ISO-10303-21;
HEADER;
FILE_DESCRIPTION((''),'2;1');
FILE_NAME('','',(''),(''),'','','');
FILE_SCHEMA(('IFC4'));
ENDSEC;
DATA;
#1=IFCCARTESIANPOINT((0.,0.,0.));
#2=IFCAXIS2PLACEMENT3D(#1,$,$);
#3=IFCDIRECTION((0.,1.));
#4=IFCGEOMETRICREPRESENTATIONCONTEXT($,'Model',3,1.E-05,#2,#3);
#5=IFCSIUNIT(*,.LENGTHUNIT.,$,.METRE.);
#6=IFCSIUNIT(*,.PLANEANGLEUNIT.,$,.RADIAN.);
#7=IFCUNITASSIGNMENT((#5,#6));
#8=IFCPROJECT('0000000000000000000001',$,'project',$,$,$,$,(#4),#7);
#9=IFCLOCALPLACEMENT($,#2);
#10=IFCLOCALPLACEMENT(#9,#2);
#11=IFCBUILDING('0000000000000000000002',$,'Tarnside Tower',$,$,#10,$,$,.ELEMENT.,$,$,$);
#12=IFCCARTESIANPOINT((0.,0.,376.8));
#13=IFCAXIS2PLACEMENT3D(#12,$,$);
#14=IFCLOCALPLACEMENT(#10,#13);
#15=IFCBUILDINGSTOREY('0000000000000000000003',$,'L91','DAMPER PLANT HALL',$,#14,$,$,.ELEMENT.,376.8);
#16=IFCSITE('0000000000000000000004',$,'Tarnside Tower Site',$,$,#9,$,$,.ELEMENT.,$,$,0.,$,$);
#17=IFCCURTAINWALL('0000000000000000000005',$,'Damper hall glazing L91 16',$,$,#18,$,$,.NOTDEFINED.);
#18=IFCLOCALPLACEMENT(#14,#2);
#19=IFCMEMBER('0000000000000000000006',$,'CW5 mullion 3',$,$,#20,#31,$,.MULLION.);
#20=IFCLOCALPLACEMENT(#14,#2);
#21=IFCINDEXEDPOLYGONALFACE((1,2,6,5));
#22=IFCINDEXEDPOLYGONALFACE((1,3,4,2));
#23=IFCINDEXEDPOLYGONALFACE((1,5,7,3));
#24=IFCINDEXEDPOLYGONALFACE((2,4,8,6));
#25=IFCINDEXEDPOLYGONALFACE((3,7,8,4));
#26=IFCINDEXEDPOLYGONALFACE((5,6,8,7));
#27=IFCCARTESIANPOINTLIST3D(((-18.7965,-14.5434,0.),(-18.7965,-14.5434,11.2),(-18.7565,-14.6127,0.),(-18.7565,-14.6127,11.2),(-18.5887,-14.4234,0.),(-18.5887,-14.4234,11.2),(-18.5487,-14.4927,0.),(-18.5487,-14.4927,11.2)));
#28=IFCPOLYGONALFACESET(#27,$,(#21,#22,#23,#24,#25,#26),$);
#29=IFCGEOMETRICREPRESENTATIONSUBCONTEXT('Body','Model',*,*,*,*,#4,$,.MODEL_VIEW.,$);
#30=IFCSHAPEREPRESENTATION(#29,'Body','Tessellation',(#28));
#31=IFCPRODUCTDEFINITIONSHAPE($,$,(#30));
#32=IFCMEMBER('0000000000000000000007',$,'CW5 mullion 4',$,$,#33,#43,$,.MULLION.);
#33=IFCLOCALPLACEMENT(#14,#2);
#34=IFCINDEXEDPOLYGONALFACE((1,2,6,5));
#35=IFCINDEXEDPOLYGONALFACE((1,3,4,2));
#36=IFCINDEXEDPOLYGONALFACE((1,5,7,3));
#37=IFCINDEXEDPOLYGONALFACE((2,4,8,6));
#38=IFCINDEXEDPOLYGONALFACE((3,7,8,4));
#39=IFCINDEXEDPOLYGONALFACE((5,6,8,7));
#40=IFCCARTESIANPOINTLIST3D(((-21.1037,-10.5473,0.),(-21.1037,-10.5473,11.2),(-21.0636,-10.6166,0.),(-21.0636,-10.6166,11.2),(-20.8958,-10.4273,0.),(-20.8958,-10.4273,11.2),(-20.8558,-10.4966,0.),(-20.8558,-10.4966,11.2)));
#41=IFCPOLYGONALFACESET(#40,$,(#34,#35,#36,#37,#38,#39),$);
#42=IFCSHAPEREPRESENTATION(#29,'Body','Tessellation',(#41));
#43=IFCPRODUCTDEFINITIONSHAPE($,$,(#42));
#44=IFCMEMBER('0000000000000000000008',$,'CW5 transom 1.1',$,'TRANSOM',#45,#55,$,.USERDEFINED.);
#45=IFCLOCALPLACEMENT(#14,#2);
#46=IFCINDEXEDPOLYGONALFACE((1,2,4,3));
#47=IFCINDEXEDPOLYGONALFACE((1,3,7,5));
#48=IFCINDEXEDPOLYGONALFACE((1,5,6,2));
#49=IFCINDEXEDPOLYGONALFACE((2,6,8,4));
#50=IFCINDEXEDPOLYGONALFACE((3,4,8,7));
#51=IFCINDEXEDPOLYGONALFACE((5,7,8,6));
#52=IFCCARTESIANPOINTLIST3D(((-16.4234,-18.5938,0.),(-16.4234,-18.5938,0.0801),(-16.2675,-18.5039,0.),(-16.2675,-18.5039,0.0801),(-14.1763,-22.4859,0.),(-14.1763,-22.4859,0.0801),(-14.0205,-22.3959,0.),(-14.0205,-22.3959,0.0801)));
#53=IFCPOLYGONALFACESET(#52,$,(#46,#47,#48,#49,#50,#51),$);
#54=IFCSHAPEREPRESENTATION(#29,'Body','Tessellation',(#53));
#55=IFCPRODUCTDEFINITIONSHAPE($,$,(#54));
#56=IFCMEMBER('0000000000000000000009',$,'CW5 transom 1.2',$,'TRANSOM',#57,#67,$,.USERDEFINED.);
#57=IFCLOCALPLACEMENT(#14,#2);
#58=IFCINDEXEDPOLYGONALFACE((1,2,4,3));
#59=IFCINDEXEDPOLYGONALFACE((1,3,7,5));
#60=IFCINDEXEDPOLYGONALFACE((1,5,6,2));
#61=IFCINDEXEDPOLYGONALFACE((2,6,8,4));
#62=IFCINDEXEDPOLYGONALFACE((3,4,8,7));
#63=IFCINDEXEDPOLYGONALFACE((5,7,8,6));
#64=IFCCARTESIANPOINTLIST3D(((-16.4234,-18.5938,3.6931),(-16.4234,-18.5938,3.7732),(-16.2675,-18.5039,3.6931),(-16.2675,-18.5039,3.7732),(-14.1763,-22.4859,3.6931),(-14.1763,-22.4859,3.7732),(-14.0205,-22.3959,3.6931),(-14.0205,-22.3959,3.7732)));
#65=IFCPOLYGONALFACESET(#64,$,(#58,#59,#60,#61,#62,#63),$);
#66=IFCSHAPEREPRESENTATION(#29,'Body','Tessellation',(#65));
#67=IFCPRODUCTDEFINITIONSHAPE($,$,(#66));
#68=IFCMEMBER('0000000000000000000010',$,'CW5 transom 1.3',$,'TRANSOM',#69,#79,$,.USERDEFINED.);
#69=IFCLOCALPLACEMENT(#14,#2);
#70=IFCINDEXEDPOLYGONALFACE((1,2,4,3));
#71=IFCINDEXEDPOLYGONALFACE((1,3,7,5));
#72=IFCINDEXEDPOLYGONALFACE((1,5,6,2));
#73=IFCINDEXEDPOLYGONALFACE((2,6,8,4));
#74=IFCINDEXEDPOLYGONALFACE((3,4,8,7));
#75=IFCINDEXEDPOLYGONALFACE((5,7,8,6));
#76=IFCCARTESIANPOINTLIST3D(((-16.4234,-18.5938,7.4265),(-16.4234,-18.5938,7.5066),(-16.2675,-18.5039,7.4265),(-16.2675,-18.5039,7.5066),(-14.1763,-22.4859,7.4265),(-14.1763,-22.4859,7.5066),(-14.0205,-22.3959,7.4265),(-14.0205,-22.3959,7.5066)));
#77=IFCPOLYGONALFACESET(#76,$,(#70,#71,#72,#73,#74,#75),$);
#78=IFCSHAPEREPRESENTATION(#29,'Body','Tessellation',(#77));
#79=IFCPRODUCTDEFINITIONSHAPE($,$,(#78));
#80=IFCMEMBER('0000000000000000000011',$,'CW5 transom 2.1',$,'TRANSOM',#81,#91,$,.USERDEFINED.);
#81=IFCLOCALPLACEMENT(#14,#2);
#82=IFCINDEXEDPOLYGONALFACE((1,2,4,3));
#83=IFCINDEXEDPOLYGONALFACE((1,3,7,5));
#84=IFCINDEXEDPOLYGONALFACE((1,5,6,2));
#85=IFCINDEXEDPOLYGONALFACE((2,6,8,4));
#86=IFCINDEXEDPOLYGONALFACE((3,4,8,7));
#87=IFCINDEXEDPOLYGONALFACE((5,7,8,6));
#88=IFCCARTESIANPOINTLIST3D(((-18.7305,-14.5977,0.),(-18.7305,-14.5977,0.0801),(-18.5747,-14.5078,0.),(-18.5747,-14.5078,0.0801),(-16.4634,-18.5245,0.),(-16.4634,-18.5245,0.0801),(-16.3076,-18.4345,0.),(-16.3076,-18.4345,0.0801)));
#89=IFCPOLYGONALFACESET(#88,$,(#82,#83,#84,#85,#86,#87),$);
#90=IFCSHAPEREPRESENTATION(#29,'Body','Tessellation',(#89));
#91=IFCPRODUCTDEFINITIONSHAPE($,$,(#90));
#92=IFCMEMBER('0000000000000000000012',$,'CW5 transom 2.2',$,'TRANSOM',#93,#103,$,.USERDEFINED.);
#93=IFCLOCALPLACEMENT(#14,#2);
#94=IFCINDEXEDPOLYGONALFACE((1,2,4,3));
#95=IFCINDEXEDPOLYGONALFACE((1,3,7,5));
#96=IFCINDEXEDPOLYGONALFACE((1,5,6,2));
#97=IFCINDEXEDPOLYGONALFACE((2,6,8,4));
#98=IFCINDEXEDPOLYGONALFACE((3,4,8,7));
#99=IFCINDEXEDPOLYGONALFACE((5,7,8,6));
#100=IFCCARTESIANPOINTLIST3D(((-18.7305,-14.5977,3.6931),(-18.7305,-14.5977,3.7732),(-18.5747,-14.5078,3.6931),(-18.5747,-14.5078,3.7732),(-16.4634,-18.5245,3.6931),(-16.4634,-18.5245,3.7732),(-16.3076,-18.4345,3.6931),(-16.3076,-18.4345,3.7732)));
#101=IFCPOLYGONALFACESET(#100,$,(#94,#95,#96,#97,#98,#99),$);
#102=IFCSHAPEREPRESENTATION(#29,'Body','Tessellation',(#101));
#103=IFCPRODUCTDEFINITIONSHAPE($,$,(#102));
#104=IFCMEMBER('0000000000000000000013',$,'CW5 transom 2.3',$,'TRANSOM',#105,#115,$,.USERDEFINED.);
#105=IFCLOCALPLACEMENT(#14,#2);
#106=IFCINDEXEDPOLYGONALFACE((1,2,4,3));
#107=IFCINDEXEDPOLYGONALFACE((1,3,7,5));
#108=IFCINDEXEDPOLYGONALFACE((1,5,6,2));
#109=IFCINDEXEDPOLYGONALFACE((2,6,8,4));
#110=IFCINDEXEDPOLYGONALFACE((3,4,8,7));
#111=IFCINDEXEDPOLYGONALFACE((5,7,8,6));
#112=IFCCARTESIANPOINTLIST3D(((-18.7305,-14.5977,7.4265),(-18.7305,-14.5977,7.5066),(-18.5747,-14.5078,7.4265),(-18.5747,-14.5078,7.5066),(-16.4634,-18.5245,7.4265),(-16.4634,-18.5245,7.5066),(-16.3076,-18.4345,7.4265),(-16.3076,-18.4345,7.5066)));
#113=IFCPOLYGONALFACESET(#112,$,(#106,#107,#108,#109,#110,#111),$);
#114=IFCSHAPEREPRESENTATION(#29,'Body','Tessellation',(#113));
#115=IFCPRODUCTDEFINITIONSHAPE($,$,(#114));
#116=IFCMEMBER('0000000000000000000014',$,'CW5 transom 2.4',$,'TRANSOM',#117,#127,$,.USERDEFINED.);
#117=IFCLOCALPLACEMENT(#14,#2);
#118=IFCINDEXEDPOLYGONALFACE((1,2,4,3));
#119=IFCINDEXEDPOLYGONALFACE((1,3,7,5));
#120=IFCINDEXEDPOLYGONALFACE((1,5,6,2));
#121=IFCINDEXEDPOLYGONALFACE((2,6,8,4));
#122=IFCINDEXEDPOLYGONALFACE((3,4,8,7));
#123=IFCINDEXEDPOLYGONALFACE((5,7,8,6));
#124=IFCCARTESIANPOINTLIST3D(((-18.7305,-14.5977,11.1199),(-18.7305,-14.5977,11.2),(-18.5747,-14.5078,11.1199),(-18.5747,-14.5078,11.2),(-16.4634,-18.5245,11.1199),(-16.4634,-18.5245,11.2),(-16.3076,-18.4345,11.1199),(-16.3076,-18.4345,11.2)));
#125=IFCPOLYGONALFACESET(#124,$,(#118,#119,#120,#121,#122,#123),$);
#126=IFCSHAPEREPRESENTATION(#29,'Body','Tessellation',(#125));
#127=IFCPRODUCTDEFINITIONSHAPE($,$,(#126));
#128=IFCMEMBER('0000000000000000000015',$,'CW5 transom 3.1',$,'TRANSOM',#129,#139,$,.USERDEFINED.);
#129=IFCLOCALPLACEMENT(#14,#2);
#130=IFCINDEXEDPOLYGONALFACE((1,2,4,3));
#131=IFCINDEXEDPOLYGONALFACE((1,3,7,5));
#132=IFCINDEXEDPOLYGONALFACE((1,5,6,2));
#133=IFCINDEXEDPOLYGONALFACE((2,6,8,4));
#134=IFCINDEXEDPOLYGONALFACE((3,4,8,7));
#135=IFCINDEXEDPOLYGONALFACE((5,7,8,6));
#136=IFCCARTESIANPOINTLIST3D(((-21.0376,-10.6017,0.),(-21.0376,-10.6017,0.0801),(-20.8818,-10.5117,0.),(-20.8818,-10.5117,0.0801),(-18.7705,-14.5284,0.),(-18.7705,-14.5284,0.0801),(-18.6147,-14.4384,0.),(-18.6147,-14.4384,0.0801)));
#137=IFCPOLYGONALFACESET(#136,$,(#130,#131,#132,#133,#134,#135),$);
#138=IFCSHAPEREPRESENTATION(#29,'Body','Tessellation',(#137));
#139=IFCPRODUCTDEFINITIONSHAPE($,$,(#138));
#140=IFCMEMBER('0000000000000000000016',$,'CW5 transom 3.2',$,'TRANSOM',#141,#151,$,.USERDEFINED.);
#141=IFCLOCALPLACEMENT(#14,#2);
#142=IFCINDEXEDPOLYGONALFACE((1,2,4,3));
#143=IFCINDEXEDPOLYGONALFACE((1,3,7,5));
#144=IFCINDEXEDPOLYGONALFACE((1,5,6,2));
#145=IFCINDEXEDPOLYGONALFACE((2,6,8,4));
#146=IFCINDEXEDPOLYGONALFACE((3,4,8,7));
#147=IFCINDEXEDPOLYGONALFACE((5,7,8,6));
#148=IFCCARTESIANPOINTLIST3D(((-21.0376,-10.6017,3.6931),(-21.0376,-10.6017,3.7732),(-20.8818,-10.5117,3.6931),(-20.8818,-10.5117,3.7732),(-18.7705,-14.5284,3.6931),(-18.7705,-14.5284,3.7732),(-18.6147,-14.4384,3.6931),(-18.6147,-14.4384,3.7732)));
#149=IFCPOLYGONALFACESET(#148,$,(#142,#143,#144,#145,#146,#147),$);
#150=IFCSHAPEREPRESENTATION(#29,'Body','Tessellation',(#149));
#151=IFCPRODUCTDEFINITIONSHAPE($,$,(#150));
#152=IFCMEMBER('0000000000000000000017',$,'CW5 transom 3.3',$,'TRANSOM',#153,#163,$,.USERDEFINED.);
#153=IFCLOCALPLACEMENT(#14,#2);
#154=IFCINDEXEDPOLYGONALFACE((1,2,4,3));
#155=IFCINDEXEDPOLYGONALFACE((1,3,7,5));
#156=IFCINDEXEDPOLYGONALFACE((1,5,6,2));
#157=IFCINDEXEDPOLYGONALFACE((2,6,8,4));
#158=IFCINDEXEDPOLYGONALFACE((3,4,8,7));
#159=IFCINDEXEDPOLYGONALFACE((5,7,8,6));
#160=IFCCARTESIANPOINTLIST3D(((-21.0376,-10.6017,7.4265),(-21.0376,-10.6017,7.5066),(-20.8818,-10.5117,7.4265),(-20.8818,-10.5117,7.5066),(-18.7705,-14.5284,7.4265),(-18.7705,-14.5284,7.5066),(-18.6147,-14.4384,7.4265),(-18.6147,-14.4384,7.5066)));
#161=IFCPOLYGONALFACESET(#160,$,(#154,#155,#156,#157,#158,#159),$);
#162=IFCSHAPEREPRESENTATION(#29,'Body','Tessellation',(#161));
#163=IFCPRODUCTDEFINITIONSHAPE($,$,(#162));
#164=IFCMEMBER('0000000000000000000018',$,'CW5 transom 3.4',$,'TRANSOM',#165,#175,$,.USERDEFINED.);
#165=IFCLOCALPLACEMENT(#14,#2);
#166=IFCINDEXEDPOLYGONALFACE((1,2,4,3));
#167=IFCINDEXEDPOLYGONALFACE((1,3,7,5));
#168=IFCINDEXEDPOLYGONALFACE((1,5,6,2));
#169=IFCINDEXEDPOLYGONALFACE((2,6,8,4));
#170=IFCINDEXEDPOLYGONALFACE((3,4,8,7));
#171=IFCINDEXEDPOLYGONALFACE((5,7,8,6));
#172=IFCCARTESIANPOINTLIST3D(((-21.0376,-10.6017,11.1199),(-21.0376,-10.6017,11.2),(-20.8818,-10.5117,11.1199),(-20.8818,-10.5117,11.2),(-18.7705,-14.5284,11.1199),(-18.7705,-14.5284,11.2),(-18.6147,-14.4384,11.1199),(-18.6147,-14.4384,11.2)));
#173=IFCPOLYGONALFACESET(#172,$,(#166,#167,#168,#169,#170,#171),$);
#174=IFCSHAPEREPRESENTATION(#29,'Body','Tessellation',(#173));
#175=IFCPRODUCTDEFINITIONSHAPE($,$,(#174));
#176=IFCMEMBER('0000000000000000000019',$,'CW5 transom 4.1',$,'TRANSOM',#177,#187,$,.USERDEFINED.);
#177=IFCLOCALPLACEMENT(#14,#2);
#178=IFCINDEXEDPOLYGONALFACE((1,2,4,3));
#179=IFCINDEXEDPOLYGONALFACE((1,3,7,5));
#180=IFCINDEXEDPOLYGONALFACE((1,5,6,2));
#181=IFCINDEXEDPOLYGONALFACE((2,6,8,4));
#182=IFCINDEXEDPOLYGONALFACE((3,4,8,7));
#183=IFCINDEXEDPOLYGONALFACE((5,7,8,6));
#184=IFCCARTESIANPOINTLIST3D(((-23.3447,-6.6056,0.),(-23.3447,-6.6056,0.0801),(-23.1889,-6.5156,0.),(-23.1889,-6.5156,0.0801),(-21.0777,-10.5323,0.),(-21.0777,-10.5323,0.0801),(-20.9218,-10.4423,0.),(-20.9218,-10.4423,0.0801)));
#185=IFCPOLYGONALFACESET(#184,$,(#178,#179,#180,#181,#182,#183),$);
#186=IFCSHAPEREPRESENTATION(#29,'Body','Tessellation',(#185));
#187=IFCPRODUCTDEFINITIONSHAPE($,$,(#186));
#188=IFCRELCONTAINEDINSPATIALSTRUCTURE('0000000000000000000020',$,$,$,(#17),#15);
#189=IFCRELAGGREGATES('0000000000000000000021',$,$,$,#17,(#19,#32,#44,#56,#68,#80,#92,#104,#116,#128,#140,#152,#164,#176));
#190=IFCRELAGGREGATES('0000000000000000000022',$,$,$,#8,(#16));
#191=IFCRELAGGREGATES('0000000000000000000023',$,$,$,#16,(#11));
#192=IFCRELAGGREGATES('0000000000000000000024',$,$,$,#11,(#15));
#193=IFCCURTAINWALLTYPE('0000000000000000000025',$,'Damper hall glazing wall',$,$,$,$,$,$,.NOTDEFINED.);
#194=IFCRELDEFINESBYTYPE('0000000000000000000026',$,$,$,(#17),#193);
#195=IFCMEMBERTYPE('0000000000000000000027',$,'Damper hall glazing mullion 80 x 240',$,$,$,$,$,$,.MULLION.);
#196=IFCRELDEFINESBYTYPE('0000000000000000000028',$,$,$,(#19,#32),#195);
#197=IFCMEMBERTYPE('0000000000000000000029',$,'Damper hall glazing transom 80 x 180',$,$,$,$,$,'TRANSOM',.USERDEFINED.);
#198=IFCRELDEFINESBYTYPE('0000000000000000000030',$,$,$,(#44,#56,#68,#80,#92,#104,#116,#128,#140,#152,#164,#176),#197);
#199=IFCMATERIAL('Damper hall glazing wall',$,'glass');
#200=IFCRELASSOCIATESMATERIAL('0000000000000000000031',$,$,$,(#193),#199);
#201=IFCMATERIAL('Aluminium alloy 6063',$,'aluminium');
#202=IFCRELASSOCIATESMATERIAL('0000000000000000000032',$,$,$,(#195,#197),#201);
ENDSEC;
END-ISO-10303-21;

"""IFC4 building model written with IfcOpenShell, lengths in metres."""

from ifc_helpers import new_model, si_unit, direction, frame, origin, origin_2d, place, context, subcontext, project, spatial, rectangle, extrude, material, material_profile, profile_set, type_object, element, aggregate, save


model = new_model("IFC4")

# Units and contexts
model_context = context("Model", 3, precision=1e-05, world=origin(), true_north=direction((0.0, 1.0)))
body_context = subcontext(model_context, "Body", "Model", "MODEL_VIEW")
ifc_project = project(units=[si_unit("LENGTHUNIT", "METRE"), si_unit("PLANEANGLEUNIT", "RADIAN")], contexts=[model_context])

# Site, building, storey
site_placement = place(None, origin())
site = spatial("IfcSite", under=ifc_project, at=site_placement, Name="Tarnside Tower Site", CompositionType="ELEMENT", RefElevation=0.0)
building_placement = place(site_placement, origin())
building = spatial("IfcBuilding", under=site, at=building_placement, Name="Tarnside Tower", CompositionType="ELEMENT")
storey_placement = place(building_placement, frame((0.0, 0.0, 376.8)))
storey = spatial("IfcBuildingStorey", under=building, at=storey_placement, Name="L91", Description="DAMPER PLANT HALL", CompositionType="ELEMENT", Elevation=376.8)

# Curtain wall, members
ifc_material_1 = material(Name="Damper hall glazing wall", Category="glass")
curtain_wall_type = type_object("IfcCurtainWallType", Name="Damper hall glazing wall", PredefinedType="NOTDEFINED", material=ifc_material_1)
curtain_wall_placement = place(storey_placement, origin())
curtain_wall = element("IfcCurtainWall", 1, at=curtain_wall_placement, inside=storey, type_object=curtain_wall_type, Name="Damper hall glazing L91 16", PredefinedType="NOTDEFINED")
ifc_material_2 = material(Name="Aluminium alloy 6063", Category="aluminium")
ifc_material_profile_1 = material_profile(ifc_material_2, rectangle(XDim=0.24, YDim=0.0801, at=origin_2d()), Name="Damper hall glazing mullion 80 x 240")
ifc_profile_set_1 = profile_set([ifc_material_profile_1], Name="Aluminium alloy 6063")
member_type_1 = type_object("IfcMemberType", Name="Damper hall glazing mullion 80 x 240", PredefinedType="MULLION", material=ifc_profile_set_1)
member_1_placement = place(storey_placement, frame((-18.6726, -14.5181, 0.0), z_axis=(0.0, 0.0, 1.0), x_axis=(-0.866025, -0.5, 0.0)))
member_1 = element("IfcMember", 2, at=member_1_placement, type_object=member_type_1, Name="CW5 mullion 3", PredefinedType="MULLION", context=body_context, shape_type="SweptSolid", body=[
    extrude(rectangle(XDim=0.24, YDim=0.0801, at=origin_2d()), origin(), (0.0, 0.0, 1.0), 11.2),
])
member_2_placement = place(storey_placement, frame((-20.9797, -10.522, 0.0), z_axis=(0.0, 0.0, 1.0), x_axis=(-0.866025, -0.5, 0.0)))
member_2 = element("IfcMember", 3, at=member_2_placement, type_object=member_type_1, Name="CW5 mullion 4", PredefinedType="MULLION", context=body_context, shape_type="SweptSolid", body=[
    extrude(rectangle(XDim=0.24, YDim=0.0801, at=origin_2d()), origin(), (0.0, 0.0, 1.0), 11.2),
])
ifc_material_profile_2 = material_profile(ifc_material_2, rectangle(XDim=0.1799, YDim=0.0801, at=origin_2d()), Name="Damper hall glazing transom 80 x 180")
ifc_profile_set_2 = profile_set([ifc_material_profile_2], Name="Aluminium alloy 6063")
member_type_2 = type_object("IfcMemberType", Name="Damper hall glazing transom 80 x 180", ElementType="TRANSOM", PredefinedType="USERDEFINED", material=ifc_profile_set_2)
member_3_placement = place(storey_placement, frame((-14.0984, -22.4409, 0.04), z_axis=(-0.499995, 0.866028, 0.0), x_axis=(-0.866028, -0.499995, 0.0)))
member_3 = element("IfcMember", 4, at=member_3_placement, type_object=member_type_2, Name="CW5 transom 1.1", ObjectType="TRANSOM", PredefinedType="USERDEFINED", context=body_context, shape_type="SweptSolid", body=[
    extrude(rectangle(XDim=0.1799, YDim=0.0801, at=origin_2d()), origin(), (0.0, 0.0, 1.0), 4.4941),
])
member_4_placement = place(storey_placement, frame((-14.0984, -22.4409, 3.7332), z_axis=(-0.499995, 0.866028, 0.0), x_axis=(-0.866028, -0.499995, 0.0)))
member_4 = element("IfcMember", 5, at=member_4_placement, type_object=member_type_2, Name="CW5 transom 1.2", ObjectType="TRANSOM", PredefinedType="USERDEFINED", context=body_context, shape_type="SweptSolid", body=[
    extrude(rectangle(XDim=0.1799, YDim=0.0801, at=origin_2d()), origin(), (0.0, 0.0, 1.0), 4.4941),
])
member_5_placement = place(storey_placement, frame((-14.0984, -22.4409, 7.4666), z_axis=(-0.499995, 0.866028, 0.0), x_axis=(-0.866028, -0.499995, 0.0)))
member_5 = element("IfcMember", 6, at=member_5_placement, type_object=member_type_2, Name="CW5 transom 1.3", ObjectType="TRANSOM", PredefinedType="USERDEFINED", context=body_context, shape_type="SweptSolid", body=[
    extrude(rectangle(XDim=0.1799, YDim=0.0801, at=origin_2d()), origin(), (0.0, 0.0, 1.0), 4.4941),
])
member_6_placement = place(storey_placement, frame((-16.3855, -18.4795, 0.04), z_axis=(-0.499996, 0.866028, 0.0), x_axis=(-0.866028, -0.499996, 0.0)))
member_6 = element("IfcMember", 7, at=member_6_placement, type_object=member_type_2, Name="CW5 transom 2.1", ObjectType="TRANSOM", PredefinedType="USERDEFINED", context=body_context, shape_type="SweptSolid", body=[
    extrude(rectangle(XDim=0.1799, YDim=0.0801, at=origin_2d()), origin(), (0.0, 0.0, 1.0), 4.5342),
])
member_7_placement = place(storey_placement, frame((-16.3855, -18.4795, 3.7332), z_axis=(-0.499996, 0.866028, 0.0), x_axis=(-0.866028, -0.499996, 0.0)))
member_7 = element("IfcMember", 8, at=member_7_placement, type_object=member_type_2, Name="CW5 transom 2.2", ObjectType="TRANSOM", PredefinedType="USERDEFINED", context=body_context, shape_type="SweptSolid", body=[
    extrude(rectangle(XDim=0.1799, YDim=0.0801, at=origin_2d()), origin(), (0.0, 0.0, 1.0), 4.5342),
])
member_8_placement = place(storey_placement, frame((-16.3855, -18.4795, 7.4666), z_axis=(-0.499996, 0.866028, 0.0), x_axis=(-0.866028, -0.499996, 0.0)))
member_8 = element("IfcMember", 9, at=member_8_placement, type_object=member_type_2, Name="CW5 transom 2.3", ObjectType="TRANSOM", PredefinedType="USERDEFINED", context=body_context, shape_type="SweptSolid", body=[
    extrude(rectangle(XDim=0.1799, YDim=0.0801, at=origin_2d()), origin(), (0.0, 0.0, 1.0), 4.5342),
])
member_9_placement = place(storey_placement, frame((-16.3855, -18.4795, 11.1599), z_axis=(-0.499996, 0.866028, 0.0), x_axis=(-0.866028, -0.499996, 0.0)))
member_9 = element("IfcMember", 10, at=member_9_placement, type_object=member_type_2, Name="CW5 transom 2.4", ObjectType="TRANSOM", PredefinedType="USERDEFINED", context=body_context, shape_type="SweptSolid", body=[
    extrude(rectangle(XDim=0.1799, YDim=0.0801, at=origin_2d()), origin(), (0.0, 0.0, 1.0), 4.5342),
])
member_10_placement = place(storey_placement, frame((-18.6926, -14.4834, 0.04), z_axis=(-0.499996, 0.866028, 0.0), x_axis=(-0.866028, -0.499996, 0.0)))
member_10 = element("IfcMember", 11, at=member_10_placement, type_object=member_type_2, Name="CW5 transom 3.1", ObjectType="TRANSOM", PredefinedType="USERDEFINED", context=body_context, shape_type="SweptSolid", body=[
    extrude(rectangle(XDim=0.1799, YDim=0.0801, at=origin_2d()), origin(), (0.0, 0.0, 1.0), 4.5342),
])
member_11_placement = place(storey_placement, frame((-18.6926, -14.4834, 3.7332), z_axis=(-0.499996, 0.866028, 0.0), x_axis=(-0.866028, -0.499996, 0.0)))
member_11 = element("IfcMember", 12, at=member_11_placement, type_object=member_type_2, Name="CW5 transom 3.2", ObjectType="TRANSOM", PredefinedType="USERDEFINED", context=body_context, shape_type="SweptSolid", body=[
    extrude(rectangle(XDim=0.1799, YDim=0.0801, at=origin_2d()), origin(), (0.0, 0.0, 1.0), 4.5342),
])
member_12_placement = place(storey_placement, frame((-18.6926, -14.4834, 7.4666), z_axis=(-0.499996, 0.866028, 0.0), x_axis=(-0.866028, -0.499996, 0.0)))
member_12 = element("IfcMember", 13, at=member_12_placement, type_object=member_type_2, Name="CW5 transom 3.3", ObjectType="TRANSOM", PredefinedType="USERDEFINED", context=body_context, shape_type="SweptSolid", body=[
    extrude(rectangle(XDim=0.1799, YDim=0.0801, at=origin_2d()), origin(), (0.0, 0.0, 1.0), 4.5342),
])
member_13_placement = place(storey_placement, frame((-18.6926, -14.4834, 11.1599), z_axis=(-0.499996, 0.866028, 0.0), x_axis=(-0.866028, -0.499996, 0.0)))
member_13 = element("IfcMember", 14, at=member_13_placement, type_object=member_type_2, Name="CW5 transom 3.4", ObjectType="TRANSOM", PredefinedType="USERDEFINED", context=body_context, shape_type="SweptSolid", body=[
    extrude(rectangle(XDim=0.1799, YDim=0.0801, at=origin_2d()), origin(), (0.0, 0.0, 1.0), 4.5342),
])
member_14_placement = place(storey_placement, frame((-20.9998, -10.4873, 0.04), z_axis=(-0.499996, 0.866028, 0.0), x_axis=(-0.866028, -0.499996, 0.0)))
member_14 = element("IfcMember", 15, at=member_14_placement, type_object=member_type_2, Name="CW5 transom 4.1", ObjectType="TRANSOM", PredefinedType="USERDEFINED", context=body_context, shape_type="SweptSolid", body=[
    extrude(rectangle(XDim=0.1799, YDim=0.0801, at=origin_2d()), origin(), (0.0, 0.0, 1.0), 4.5342),
])

aggregate(curtain_wall, [member_1, member_2, member_3, member_4, member_5, member_6, member_7, member_8, member_9, member_10, member_11, member_12, member_13, member_14])

save(model, "model.ifc")
